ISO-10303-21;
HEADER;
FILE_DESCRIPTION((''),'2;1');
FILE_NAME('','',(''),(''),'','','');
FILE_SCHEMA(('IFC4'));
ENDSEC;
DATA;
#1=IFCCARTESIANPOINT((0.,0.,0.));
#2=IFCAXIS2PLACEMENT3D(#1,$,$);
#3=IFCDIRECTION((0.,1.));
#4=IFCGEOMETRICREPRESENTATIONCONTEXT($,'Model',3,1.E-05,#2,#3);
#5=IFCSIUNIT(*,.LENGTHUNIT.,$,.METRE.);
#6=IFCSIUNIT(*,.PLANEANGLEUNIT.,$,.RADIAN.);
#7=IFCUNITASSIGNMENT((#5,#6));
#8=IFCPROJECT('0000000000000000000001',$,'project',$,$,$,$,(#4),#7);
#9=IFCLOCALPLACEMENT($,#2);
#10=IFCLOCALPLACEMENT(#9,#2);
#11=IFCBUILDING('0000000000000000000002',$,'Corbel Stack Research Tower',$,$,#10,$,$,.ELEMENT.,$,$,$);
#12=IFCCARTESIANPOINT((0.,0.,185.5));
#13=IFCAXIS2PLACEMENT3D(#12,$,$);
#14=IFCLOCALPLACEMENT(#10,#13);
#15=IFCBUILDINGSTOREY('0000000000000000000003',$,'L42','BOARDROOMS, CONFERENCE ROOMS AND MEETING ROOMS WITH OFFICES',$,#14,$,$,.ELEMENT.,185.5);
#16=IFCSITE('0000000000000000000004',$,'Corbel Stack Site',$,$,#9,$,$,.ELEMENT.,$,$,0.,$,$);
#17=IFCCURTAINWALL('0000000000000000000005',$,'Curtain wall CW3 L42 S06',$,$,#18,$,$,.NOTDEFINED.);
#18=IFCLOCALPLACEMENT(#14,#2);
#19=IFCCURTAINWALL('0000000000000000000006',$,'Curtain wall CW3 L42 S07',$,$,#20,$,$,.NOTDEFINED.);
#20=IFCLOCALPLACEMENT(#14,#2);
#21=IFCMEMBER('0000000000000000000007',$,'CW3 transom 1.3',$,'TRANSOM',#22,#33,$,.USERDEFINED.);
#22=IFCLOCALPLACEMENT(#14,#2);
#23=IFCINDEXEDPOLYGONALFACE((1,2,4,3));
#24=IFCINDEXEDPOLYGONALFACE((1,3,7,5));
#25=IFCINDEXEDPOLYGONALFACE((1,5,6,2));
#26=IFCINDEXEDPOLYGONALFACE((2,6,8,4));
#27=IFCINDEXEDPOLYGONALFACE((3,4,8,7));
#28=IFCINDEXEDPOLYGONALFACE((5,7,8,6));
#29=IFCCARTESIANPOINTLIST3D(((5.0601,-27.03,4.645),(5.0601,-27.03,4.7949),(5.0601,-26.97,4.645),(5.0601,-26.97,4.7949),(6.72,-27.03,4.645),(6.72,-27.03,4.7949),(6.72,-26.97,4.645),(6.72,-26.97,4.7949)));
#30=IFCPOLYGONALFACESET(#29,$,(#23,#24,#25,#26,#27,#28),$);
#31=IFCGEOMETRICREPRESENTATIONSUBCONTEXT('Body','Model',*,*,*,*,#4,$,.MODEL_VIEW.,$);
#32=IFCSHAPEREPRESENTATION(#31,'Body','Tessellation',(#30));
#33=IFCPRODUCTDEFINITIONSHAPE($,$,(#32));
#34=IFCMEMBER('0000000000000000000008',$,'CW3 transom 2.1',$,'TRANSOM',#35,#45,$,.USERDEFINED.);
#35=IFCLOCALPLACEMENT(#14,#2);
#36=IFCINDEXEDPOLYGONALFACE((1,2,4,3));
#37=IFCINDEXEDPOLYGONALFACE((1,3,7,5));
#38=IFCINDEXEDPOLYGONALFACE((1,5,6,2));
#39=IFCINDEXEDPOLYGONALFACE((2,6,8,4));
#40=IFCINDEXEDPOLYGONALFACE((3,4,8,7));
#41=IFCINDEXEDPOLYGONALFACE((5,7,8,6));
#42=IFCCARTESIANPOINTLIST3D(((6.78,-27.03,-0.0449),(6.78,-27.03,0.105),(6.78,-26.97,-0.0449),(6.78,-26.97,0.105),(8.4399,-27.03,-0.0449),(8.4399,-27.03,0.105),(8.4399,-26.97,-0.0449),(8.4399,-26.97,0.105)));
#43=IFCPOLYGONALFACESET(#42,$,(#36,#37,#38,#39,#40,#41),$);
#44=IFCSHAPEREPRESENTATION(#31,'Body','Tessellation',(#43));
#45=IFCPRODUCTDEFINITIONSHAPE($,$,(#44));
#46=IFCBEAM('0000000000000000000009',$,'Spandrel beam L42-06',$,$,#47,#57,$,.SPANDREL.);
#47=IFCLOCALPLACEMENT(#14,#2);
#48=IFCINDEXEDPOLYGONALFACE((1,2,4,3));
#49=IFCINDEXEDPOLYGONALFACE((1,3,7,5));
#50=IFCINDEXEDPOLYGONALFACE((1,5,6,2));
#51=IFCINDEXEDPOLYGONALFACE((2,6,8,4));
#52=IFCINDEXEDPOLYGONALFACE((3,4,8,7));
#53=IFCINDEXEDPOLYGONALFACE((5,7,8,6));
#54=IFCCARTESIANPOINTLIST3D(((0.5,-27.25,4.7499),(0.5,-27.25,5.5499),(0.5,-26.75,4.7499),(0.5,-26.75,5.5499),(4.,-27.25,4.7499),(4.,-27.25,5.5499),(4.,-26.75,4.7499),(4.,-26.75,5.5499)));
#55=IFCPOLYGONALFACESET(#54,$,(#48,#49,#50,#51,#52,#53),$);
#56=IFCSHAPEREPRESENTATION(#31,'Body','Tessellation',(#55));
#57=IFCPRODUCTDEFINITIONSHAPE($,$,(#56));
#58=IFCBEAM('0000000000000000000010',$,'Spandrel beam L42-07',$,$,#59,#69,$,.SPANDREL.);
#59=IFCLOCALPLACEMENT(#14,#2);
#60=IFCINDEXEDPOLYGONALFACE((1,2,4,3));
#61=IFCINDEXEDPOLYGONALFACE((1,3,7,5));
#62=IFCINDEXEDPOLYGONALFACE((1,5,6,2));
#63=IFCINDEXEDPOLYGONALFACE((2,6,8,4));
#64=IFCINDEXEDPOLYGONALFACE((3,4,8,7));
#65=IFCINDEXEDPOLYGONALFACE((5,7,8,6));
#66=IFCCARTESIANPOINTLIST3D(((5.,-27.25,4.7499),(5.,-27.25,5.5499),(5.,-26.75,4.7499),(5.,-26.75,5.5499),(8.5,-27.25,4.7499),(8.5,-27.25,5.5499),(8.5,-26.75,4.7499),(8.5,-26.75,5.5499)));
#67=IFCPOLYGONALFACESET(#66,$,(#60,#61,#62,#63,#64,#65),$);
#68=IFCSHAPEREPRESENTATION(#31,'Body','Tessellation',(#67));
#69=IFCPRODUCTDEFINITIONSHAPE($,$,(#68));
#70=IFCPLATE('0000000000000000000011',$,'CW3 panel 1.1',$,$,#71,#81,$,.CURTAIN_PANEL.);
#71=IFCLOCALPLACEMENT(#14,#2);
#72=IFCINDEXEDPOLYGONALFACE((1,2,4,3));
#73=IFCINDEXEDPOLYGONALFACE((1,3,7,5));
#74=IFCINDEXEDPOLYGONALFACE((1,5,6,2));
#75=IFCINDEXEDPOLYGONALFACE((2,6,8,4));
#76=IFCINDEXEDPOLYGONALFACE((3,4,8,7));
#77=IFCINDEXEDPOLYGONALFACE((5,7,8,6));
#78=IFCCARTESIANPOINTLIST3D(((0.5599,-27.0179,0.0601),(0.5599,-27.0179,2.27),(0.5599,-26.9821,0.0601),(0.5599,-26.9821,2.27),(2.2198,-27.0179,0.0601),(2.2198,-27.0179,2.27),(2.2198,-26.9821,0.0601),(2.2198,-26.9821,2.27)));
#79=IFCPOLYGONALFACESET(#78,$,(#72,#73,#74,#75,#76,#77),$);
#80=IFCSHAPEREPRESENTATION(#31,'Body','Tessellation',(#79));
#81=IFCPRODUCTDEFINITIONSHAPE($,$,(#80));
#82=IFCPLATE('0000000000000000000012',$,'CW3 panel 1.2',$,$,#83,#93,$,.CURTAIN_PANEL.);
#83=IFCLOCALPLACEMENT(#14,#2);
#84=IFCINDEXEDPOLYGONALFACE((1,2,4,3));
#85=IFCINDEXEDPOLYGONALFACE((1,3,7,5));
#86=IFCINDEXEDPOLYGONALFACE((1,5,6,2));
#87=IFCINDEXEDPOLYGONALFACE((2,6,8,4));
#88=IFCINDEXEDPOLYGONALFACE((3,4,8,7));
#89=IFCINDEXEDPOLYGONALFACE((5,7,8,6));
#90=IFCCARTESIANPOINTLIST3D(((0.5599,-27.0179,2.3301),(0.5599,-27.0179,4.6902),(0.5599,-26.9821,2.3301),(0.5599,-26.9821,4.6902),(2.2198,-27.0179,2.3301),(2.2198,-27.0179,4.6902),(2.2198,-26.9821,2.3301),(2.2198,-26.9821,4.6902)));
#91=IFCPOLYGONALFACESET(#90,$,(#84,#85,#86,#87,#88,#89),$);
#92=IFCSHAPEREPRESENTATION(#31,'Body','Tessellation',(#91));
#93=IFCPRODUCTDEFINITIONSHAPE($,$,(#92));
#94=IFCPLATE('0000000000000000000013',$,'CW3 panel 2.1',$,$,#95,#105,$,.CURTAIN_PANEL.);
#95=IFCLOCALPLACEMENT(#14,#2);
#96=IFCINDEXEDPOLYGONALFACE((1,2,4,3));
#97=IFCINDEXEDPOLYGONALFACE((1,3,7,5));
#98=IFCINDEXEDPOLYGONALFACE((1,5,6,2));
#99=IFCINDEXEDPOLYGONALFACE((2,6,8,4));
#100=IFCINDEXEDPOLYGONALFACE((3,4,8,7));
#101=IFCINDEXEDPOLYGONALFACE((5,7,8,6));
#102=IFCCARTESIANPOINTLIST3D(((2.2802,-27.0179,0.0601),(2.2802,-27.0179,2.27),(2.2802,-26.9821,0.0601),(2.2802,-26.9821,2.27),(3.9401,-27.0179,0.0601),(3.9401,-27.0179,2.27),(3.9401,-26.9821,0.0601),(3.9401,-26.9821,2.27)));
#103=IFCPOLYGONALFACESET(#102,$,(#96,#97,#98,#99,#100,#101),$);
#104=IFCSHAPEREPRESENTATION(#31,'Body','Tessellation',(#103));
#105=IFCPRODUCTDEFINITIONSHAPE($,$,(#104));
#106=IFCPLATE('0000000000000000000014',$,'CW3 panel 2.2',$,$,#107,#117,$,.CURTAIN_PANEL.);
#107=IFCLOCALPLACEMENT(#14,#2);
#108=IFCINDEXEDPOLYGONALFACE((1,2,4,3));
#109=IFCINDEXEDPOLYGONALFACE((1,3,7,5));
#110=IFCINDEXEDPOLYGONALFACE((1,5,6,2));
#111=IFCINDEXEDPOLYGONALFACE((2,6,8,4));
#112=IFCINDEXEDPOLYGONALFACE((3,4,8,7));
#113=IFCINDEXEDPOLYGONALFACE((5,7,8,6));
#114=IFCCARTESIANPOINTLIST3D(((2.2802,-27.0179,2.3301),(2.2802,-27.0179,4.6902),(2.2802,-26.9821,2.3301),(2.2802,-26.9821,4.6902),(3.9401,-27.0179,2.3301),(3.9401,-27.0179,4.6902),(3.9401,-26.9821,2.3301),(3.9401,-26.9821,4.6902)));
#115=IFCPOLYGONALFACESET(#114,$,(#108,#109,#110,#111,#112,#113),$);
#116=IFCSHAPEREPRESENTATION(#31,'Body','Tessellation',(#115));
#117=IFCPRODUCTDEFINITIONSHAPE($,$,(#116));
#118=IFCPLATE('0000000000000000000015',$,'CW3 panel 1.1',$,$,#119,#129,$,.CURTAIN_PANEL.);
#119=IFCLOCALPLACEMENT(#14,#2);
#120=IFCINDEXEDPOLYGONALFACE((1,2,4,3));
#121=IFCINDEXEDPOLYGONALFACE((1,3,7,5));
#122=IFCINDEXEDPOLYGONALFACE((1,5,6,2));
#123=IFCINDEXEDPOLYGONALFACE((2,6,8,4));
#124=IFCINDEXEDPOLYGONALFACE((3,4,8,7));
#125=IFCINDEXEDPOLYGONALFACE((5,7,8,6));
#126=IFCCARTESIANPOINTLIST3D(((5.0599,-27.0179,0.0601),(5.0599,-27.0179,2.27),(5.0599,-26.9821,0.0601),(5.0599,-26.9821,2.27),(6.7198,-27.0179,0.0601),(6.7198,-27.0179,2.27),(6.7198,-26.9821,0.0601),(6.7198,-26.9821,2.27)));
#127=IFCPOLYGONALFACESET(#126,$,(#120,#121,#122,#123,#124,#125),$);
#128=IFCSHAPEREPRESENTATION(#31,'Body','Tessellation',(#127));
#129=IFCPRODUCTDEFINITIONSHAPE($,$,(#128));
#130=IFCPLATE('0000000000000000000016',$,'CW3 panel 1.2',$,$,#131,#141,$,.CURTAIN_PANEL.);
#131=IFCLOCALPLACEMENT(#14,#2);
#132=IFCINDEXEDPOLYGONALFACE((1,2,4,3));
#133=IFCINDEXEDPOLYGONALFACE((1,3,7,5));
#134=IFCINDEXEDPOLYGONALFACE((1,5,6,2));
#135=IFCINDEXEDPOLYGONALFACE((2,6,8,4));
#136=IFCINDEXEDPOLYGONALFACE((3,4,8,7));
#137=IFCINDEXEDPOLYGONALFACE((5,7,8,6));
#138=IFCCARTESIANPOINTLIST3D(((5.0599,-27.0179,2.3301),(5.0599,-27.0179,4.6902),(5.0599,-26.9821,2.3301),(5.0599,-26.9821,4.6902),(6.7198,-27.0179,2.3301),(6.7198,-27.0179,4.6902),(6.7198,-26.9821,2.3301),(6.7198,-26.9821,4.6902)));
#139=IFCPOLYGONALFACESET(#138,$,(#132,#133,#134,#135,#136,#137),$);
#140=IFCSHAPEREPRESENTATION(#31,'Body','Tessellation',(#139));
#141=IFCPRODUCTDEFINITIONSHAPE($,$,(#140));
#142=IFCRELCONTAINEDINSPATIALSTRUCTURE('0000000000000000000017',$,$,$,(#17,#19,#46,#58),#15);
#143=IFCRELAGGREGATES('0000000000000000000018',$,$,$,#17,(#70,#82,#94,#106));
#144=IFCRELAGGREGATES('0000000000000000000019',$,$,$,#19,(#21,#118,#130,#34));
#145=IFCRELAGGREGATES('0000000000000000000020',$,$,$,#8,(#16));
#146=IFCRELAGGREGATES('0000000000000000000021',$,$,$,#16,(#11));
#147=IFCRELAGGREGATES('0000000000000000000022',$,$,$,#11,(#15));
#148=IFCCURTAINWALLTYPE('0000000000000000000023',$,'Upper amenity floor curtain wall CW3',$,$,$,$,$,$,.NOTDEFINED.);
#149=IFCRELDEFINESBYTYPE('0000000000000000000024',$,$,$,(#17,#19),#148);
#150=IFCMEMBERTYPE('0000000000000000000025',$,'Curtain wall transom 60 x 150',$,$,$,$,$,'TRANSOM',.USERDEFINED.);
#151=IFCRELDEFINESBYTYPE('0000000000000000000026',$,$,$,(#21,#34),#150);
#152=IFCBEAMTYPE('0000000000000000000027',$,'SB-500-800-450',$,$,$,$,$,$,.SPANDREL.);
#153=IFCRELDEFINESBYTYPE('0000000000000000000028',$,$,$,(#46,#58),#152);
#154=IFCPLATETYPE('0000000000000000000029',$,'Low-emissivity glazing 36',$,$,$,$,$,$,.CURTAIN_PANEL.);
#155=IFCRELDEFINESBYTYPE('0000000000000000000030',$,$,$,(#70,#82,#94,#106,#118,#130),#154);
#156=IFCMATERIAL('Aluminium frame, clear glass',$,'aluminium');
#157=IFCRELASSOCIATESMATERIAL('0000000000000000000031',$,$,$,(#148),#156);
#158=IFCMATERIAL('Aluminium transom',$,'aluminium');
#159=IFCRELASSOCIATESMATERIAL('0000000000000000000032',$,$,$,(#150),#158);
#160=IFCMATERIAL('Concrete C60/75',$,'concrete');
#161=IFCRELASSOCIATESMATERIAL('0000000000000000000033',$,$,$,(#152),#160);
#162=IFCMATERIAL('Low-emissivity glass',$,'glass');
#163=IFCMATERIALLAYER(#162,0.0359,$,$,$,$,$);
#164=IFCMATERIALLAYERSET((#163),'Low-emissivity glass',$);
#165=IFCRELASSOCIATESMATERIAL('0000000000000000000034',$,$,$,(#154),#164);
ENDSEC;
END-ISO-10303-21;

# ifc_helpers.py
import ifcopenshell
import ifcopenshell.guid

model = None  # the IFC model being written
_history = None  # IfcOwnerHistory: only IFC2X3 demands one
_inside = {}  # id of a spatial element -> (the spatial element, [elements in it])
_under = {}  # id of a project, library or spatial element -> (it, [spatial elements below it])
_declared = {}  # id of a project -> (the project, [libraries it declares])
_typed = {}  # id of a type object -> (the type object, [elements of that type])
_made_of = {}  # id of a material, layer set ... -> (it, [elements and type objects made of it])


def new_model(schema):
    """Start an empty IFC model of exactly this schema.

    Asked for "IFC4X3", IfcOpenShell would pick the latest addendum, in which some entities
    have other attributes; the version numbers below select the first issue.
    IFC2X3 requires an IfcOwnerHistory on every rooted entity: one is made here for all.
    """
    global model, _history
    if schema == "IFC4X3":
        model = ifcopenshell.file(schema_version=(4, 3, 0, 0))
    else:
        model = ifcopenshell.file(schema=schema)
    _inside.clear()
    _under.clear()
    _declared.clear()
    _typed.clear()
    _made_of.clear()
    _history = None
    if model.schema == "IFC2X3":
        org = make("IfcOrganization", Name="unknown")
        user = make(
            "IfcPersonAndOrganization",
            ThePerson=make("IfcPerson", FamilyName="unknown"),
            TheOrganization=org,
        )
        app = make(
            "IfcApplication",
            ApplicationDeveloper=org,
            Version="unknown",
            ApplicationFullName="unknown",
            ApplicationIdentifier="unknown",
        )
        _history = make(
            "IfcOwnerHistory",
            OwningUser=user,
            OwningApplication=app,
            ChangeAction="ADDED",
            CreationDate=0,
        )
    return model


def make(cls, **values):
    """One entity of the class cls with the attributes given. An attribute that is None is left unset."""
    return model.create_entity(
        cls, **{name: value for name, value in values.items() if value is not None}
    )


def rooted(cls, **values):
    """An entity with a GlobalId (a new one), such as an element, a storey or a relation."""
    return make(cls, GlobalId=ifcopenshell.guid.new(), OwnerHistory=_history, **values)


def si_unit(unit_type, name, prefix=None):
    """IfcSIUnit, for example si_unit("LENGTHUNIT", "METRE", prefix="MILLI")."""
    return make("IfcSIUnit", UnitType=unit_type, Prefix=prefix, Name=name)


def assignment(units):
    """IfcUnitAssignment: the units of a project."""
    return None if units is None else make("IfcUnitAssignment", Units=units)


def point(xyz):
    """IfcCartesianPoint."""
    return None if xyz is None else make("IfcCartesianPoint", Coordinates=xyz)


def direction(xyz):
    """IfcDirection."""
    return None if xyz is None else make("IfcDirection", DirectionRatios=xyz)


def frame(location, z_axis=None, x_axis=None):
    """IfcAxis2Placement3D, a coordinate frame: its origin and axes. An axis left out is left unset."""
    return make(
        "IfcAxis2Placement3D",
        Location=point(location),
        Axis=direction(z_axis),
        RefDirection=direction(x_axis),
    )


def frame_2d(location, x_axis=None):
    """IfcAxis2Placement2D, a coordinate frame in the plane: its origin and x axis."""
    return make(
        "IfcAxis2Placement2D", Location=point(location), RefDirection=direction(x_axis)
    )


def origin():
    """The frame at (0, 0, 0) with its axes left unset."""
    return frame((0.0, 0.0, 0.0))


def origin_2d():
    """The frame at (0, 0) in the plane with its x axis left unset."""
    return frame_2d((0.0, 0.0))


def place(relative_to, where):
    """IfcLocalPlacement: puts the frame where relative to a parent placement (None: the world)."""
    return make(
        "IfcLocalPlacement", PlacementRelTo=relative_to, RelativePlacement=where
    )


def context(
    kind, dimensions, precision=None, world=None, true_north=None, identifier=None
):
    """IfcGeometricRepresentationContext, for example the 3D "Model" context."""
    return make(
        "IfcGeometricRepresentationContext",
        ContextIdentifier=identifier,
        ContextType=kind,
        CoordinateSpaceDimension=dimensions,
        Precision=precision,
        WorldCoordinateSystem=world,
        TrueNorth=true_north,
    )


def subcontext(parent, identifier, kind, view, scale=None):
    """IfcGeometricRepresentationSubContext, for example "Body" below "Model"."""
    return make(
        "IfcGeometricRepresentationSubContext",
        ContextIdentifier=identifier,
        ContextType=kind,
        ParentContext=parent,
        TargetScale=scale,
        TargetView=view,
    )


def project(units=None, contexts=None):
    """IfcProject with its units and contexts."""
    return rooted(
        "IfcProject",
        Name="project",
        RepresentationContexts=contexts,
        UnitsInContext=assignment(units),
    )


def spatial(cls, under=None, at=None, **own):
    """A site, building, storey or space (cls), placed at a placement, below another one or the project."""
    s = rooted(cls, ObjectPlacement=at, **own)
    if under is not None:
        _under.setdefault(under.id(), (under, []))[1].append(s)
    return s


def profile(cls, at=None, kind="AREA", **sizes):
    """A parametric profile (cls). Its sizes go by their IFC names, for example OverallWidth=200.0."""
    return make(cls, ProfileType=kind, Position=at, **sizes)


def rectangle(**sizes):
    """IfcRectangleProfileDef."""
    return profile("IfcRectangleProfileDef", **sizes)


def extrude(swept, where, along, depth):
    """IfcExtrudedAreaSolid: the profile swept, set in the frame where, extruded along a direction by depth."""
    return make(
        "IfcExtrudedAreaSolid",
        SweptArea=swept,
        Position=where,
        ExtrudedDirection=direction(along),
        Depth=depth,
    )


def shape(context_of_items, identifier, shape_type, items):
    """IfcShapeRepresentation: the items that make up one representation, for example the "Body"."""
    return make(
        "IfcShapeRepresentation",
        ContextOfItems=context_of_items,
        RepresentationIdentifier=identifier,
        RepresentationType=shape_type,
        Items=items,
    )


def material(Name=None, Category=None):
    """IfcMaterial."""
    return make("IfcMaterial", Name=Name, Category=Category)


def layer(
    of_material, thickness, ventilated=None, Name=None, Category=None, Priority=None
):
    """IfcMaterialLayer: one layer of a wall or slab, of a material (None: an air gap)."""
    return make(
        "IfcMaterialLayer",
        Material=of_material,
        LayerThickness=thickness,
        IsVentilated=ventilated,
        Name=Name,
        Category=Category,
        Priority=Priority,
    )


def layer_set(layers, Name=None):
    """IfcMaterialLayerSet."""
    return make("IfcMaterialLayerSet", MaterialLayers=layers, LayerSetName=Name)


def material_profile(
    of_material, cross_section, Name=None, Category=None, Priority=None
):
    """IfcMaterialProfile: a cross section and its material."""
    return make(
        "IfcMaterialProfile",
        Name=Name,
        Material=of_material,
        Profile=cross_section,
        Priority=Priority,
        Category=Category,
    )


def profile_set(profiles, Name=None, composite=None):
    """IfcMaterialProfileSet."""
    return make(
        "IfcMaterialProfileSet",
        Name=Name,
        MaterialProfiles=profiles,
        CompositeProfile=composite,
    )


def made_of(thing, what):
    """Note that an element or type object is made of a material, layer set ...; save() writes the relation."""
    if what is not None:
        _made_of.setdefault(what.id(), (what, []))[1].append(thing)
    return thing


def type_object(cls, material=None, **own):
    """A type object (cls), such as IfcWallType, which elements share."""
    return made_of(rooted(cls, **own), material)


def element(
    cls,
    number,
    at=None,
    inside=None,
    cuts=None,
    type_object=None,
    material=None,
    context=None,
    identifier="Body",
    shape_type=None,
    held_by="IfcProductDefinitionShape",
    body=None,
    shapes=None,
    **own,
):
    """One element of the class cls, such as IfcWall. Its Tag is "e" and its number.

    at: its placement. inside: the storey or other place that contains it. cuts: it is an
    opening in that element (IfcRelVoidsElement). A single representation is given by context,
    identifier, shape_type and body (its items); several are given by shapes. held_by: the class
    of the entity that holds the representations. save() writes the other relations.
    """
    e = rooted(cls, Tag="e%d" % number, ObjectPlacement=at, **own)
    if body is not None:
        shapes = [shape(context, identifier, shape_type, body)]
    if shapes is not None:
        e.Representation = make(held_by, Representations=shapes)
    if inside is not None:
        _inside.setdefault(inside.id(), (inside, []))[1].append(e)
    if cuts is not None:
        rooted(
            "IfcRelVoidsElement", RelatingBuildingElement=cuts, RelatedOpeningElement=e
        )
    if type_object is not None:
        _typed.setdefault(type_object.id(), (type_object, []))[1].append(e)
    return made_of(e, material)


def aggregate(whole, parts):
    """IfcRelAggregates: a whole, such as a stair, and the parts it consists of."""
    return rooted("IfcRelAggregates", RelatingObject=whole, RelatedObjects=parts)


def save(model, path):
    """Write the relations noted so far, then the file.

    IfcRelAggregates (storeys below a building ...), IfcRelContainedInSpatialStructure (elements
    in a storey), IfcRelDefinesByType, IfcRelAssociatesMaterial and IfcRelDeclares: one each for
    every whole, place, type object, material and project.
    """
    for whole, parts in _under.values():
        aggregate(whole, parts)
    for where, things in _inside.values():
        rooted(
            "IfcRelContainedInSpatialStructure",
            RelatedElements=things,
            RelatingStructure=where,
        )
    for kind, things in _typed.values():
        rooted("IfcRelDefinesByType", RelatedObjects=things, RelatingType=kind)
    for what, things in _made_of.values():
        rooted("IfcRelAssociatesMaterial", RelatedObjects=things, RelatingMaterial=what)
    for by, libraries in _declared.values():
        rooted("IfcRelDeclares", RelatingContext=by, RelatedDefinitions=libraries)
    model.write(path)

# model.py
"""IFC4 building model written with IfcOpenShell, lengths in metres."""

from ifc_helpers import new_model, si_unit, direction, frame, origin, origin_2d, place, context, subcontext, project, spatial, rectangle, extrude, material, layer, layer_set, material_profile, profile_set, type_object, element, aggregate, save


model = new_model("IFC4")

# Units and contexts
model_context = context("Model", 3, precision=1e-05, world=origin(), true_north=direction((0.0, 1.0)))
body_context = subcontext(model_context, "Body", "Model", "MODEL_VIEW")
ifc_project = project(units=[si_unit("LENGTHUNIT", "METRE"), si_unit("PLANEANGLEUNIT", "RADIAN")], contexts=[model_context])

# Site, building, storey
site_placement = place(None, origin())
site = spatial("IfcSite", under=ifc_project, at=site_placement, Name="Corbel Stack Site", CompositionType="ELEMENT", RefElevation=0.0)
building_placement = place(site_placement, origin())
building = spatial("IfcBuilding", under=site, at=building_placement, Name="Corbel Stack Research Tower", CompositionType="ELEMENT")
storey_placement = place(building_placement, frame((0.0, 0.0, 185.5)))
storey = spatial("IfcBuildingStorey", under=building, at=storey_placement, Name="L42", Description="BOARDROOMS, CONFERENCE ROOMS AND MEETING ROOMS WITH OFFICES", CompositionType="ELEMENT", Elevation=185.5)

# Curtain walls
ifc_material_1 = material(Name="Aluminium frame, clear glass", Category="aluminium")
curtain_wall_type = type_object("IfcCurtainWallType", Name="Upper amenity floor curtain wall CW3", PredefinedType="NOTDEFINED", material=ifc_material_1)
curtain_wall_1_placement = place(storey_placement, origin())
curtain_wall_1 = element("IfcCurtainWall", 1, at=curtain_wall_1_placement, inside=storey, type_object=curtain_wall_type, Name="Curtain wall CW3 L42 S06", PredefinedType="NOTDEFINED")
curtain_wall_2_placement = place(storey_placement, origin())
curtain_wall_2 = element("IfcCurtainWall", 2, at=curtain_wall_2_placement, inside=storey, type_object=curtain_wall_type, Name="Curtain wall CW3 L42 S07", PredefinedType="NOTDEFINED")

# Members
ifc_material_2 = material(Name="Aluminium transom", Category="aluminium")
ifc_material_profile_1 = material_profile(ifc_material_2, rectangle(XDim=0.0601, YDim=0.1499, at=origin_2d()), Name="Transom 60 x 150")
ifc_profile_set_1 = profile_set([ifc_material_profile_1], Name="Aluminium transom")
member_type_1 = type_object("IfcMemberType", Name="Curtain wall transom 60 x 150", ElementType="TRANSOM", PredefinedType="USERDEFINED", material=ifc_profile_set_1)
member_1_placement = place(storey_placement, frame((5.0601, -27.0, 4.72), z_axis=(1.0, 0.0, 0.0), x_axis=(0.0, 1.0, 0.0)))
member_1 = element("IfcMember", 3, at=member_1_placement, type_object=member_type_1, Name="CW3 transom 1.3", ObjectType="TRANSOM", PredefinedType="USERDEFINED", context=body_context, shape_type="SweptSolid", body=[
    extrude(rectangle(XDim=0.0601, YDim=0.1499, at=origin_2d()), origin(), (0.0, 0.0, 1.0), 1.6599),
])
member_2_placement = place(storey_placement, frame((6.78, -27.0, 0.03), z_axis=(1.0, 0.0, 0.0), x_axis=(0.0, 1.0, 0.0)))
member_2 = element("IfcMember", 4, at=member_2_placement, type_object=member_type_1, Name="CW3 transom 2.1", ObjectType="TRANSOM", PredefinedType="USERDEFINED", context=body_context, shape_type="SweptSolid", body=[
    extrude(rectangle(XDim=0.0601, YDim=0.1499, at=origin_2d()), origin(), (0.0, 0.0, 1.0), 1.6599),
])

# Beams
ifc_material_3 = material(Name="Concrete C60/75", Category="concrete")
ifc_material_profile_2 = material_profile(ifc_material_3, rectangle(XDim=0.5, YDim=0.8, at=origin_2d()), Name="RC 500 x 800")
ifc_profile_set_2 = profile_set([ifc_material_profile_2], Name="Concrete C60/75")
beam_type = type_object("IfcBeamType", Name="SB-500-800-450", PredefinedType="SPANDREL", material=ifc_profile_set_2)
for number, where, z_axis, x_axis, name in (
    (5, (0.5, -27.0, 5.1499), (1.0, 0.0, 0.0), (0.0, 1.0, 0.0), "Spandrel beam L42-06"),
    (6, (5.0, -27.0, 5.1499), (1.0, 0.0, 0.0), (0.0, 1.0, 0.0), "Spandrel beam L42-07"),
):
    element("IfcBeam", number, at=place(storey_placement, frame(where, z_axis=z_axis, x_axis=x_axis)), inside=storey, type_object=beam_type, Name=name, PredefinedType="SPANDREL", context=body_context, shape_type="SweptSolid", body=[
        extrude(rectangle(XDim=0.5, YDim=0.8, at=origin_2d()), origin(), (0.0, 0.0, 1.0), 3.5),
    ])

# Plates
ifc_material_4 = material(Name="Low-emissivity glass", Category="glass")
ifc_layer = layer(ifc_material_4, 0.0359)
ifc_layer_set = layer_set([ifc_layer], Name="Low-emissivity glass")
plate_type = type_object("IfcPlateType", Name="Low-emissivity glazing 36", PredefinedType="CURTAIN_PANEL", material=ifc_layer_set)
plate_1_placement = place(storey_placement, frame((1.3899, -27.0, 0.0601), z_axis=(0.0, 0.0, 1.0), x_axis=(1.0, 0.0, 0.0)))
plate_1 = element("IfcPlate", 7, at=plate_1_placement, type_object=plate_type, Name="CW3 panel 1.1", PredefinedType="CURTAIN_PANEL", context=body_context, shape_type="SweptSolid", body=[
    extrude(rectangle(XDim=1.6599, YDim=0.0359, at=origin_2d()), origin(), (0.0, 0.0, 1.0), 2.21),
])
plate_2_placement = place(storey_placement, frame((1.3899, -27.0, 2.3301), z_axis=(0.0, 0.0, 1.0), x_axis=(1.0, 0.0, 0.0)))
plate_2 = element("IfcPlate", 8, at=plate_2_placement, type_object=plate_type, Name="CW3 panel 1.2", PredefinedType="CURTAIN_PANEL", context=body_context, shape_type="SweptSolid", body=[
    extrude(rectangle(XDim=1.6599, YDim=0.0359, at=origin_2d()), origin(), (0.0, 0.0, 1.0), 2.3601),
])
plate_3_placement = place(storey_placement, frame((3.1101, -27.0, 0.0601), z_axis=(0.0, 0.0, 1.0), x_axis=(1.0, 0.0, 0.0)))
plate_3 = element("IfcPlate", 9, at=plate_3_placement, type_object=plate_type, Name="CW3 panel 2.1", PredefinedType="CURTAIN_PANEL", context=body_context, shape_type="SweptSolid", body=[
    extrude(rectangle(XDim=1.6599, YDim=0.0359, at=origin_2d()), origin(), (0.0, 0.0, 1.0), 2.21),
])
plate_4_placement = place(storey_placement, frame((3.1101, -27.0, 2.3301), z_axis=(0.0, 0.0, 1.0), x_axis=(1.0, 0.0, 0.0)))
plate_4 = element("IfcPlate", 10, at=plate_4_placement, type_object=plate_type, Name="CW3 panel 2.2", PredefinedType="CURTAIN_PANEL", context=body_context, shape_type="SweptSolid", body=[
    extrude(rectangle(XDim=1.6599, YDim=0.0359, at=origin_2d()), origin(), (0.0, 0.0, 1.0), 2.3601),
])
aggregate(curtain_wall_1, [plate_1, plate_2, plate_3, plate_4])
plate_5_placement = place(storey_placement, frame((5.8899, -27.0, 0.0601), z_axis=(0.0, 0.0, 1.0), x_axis=(1.0, 0.0, 0.0)))
plate_5 = element("IfcPlate", 11, at=plate_5_placement, type_object=plate_type, Name="CW3 panel 1.1", PredefinedType="CURTAIN_PANEL", context=body_context, shape_type="SweptSolid", body=[
    extrude(rectangle(XDim=1.6599, YDim=0.0359, at=origin_2d()), origin(), (0.0, 0.0, 1.0), 2.21),
])
plate_6_placement = place(storey_placement, frame((5.8899, -27.0, 2.3301), z_axis=(0.0, 0.0, 1.0), x_axis=(1.0, 0.0, 0.0)))
plate_6 = element("IfcPlate", 12, at=plate_6_placement, type_object=plate_type, Name="CW3 panel 1.2", PredefinedType="CURTAIN_PANEL", context=body_context, shape_type="SweptSolid", body=[
    extrude(rectangle(XDim=1.6599, YDim=0.0359, at=origin_2d()), origin(), (0.0, 0.0, 1.0), 2.3601),
])
aggregate(curtain_wall_2, [member_1, plate_5, plate_6, member_2])

save(model, "model.ifc")
